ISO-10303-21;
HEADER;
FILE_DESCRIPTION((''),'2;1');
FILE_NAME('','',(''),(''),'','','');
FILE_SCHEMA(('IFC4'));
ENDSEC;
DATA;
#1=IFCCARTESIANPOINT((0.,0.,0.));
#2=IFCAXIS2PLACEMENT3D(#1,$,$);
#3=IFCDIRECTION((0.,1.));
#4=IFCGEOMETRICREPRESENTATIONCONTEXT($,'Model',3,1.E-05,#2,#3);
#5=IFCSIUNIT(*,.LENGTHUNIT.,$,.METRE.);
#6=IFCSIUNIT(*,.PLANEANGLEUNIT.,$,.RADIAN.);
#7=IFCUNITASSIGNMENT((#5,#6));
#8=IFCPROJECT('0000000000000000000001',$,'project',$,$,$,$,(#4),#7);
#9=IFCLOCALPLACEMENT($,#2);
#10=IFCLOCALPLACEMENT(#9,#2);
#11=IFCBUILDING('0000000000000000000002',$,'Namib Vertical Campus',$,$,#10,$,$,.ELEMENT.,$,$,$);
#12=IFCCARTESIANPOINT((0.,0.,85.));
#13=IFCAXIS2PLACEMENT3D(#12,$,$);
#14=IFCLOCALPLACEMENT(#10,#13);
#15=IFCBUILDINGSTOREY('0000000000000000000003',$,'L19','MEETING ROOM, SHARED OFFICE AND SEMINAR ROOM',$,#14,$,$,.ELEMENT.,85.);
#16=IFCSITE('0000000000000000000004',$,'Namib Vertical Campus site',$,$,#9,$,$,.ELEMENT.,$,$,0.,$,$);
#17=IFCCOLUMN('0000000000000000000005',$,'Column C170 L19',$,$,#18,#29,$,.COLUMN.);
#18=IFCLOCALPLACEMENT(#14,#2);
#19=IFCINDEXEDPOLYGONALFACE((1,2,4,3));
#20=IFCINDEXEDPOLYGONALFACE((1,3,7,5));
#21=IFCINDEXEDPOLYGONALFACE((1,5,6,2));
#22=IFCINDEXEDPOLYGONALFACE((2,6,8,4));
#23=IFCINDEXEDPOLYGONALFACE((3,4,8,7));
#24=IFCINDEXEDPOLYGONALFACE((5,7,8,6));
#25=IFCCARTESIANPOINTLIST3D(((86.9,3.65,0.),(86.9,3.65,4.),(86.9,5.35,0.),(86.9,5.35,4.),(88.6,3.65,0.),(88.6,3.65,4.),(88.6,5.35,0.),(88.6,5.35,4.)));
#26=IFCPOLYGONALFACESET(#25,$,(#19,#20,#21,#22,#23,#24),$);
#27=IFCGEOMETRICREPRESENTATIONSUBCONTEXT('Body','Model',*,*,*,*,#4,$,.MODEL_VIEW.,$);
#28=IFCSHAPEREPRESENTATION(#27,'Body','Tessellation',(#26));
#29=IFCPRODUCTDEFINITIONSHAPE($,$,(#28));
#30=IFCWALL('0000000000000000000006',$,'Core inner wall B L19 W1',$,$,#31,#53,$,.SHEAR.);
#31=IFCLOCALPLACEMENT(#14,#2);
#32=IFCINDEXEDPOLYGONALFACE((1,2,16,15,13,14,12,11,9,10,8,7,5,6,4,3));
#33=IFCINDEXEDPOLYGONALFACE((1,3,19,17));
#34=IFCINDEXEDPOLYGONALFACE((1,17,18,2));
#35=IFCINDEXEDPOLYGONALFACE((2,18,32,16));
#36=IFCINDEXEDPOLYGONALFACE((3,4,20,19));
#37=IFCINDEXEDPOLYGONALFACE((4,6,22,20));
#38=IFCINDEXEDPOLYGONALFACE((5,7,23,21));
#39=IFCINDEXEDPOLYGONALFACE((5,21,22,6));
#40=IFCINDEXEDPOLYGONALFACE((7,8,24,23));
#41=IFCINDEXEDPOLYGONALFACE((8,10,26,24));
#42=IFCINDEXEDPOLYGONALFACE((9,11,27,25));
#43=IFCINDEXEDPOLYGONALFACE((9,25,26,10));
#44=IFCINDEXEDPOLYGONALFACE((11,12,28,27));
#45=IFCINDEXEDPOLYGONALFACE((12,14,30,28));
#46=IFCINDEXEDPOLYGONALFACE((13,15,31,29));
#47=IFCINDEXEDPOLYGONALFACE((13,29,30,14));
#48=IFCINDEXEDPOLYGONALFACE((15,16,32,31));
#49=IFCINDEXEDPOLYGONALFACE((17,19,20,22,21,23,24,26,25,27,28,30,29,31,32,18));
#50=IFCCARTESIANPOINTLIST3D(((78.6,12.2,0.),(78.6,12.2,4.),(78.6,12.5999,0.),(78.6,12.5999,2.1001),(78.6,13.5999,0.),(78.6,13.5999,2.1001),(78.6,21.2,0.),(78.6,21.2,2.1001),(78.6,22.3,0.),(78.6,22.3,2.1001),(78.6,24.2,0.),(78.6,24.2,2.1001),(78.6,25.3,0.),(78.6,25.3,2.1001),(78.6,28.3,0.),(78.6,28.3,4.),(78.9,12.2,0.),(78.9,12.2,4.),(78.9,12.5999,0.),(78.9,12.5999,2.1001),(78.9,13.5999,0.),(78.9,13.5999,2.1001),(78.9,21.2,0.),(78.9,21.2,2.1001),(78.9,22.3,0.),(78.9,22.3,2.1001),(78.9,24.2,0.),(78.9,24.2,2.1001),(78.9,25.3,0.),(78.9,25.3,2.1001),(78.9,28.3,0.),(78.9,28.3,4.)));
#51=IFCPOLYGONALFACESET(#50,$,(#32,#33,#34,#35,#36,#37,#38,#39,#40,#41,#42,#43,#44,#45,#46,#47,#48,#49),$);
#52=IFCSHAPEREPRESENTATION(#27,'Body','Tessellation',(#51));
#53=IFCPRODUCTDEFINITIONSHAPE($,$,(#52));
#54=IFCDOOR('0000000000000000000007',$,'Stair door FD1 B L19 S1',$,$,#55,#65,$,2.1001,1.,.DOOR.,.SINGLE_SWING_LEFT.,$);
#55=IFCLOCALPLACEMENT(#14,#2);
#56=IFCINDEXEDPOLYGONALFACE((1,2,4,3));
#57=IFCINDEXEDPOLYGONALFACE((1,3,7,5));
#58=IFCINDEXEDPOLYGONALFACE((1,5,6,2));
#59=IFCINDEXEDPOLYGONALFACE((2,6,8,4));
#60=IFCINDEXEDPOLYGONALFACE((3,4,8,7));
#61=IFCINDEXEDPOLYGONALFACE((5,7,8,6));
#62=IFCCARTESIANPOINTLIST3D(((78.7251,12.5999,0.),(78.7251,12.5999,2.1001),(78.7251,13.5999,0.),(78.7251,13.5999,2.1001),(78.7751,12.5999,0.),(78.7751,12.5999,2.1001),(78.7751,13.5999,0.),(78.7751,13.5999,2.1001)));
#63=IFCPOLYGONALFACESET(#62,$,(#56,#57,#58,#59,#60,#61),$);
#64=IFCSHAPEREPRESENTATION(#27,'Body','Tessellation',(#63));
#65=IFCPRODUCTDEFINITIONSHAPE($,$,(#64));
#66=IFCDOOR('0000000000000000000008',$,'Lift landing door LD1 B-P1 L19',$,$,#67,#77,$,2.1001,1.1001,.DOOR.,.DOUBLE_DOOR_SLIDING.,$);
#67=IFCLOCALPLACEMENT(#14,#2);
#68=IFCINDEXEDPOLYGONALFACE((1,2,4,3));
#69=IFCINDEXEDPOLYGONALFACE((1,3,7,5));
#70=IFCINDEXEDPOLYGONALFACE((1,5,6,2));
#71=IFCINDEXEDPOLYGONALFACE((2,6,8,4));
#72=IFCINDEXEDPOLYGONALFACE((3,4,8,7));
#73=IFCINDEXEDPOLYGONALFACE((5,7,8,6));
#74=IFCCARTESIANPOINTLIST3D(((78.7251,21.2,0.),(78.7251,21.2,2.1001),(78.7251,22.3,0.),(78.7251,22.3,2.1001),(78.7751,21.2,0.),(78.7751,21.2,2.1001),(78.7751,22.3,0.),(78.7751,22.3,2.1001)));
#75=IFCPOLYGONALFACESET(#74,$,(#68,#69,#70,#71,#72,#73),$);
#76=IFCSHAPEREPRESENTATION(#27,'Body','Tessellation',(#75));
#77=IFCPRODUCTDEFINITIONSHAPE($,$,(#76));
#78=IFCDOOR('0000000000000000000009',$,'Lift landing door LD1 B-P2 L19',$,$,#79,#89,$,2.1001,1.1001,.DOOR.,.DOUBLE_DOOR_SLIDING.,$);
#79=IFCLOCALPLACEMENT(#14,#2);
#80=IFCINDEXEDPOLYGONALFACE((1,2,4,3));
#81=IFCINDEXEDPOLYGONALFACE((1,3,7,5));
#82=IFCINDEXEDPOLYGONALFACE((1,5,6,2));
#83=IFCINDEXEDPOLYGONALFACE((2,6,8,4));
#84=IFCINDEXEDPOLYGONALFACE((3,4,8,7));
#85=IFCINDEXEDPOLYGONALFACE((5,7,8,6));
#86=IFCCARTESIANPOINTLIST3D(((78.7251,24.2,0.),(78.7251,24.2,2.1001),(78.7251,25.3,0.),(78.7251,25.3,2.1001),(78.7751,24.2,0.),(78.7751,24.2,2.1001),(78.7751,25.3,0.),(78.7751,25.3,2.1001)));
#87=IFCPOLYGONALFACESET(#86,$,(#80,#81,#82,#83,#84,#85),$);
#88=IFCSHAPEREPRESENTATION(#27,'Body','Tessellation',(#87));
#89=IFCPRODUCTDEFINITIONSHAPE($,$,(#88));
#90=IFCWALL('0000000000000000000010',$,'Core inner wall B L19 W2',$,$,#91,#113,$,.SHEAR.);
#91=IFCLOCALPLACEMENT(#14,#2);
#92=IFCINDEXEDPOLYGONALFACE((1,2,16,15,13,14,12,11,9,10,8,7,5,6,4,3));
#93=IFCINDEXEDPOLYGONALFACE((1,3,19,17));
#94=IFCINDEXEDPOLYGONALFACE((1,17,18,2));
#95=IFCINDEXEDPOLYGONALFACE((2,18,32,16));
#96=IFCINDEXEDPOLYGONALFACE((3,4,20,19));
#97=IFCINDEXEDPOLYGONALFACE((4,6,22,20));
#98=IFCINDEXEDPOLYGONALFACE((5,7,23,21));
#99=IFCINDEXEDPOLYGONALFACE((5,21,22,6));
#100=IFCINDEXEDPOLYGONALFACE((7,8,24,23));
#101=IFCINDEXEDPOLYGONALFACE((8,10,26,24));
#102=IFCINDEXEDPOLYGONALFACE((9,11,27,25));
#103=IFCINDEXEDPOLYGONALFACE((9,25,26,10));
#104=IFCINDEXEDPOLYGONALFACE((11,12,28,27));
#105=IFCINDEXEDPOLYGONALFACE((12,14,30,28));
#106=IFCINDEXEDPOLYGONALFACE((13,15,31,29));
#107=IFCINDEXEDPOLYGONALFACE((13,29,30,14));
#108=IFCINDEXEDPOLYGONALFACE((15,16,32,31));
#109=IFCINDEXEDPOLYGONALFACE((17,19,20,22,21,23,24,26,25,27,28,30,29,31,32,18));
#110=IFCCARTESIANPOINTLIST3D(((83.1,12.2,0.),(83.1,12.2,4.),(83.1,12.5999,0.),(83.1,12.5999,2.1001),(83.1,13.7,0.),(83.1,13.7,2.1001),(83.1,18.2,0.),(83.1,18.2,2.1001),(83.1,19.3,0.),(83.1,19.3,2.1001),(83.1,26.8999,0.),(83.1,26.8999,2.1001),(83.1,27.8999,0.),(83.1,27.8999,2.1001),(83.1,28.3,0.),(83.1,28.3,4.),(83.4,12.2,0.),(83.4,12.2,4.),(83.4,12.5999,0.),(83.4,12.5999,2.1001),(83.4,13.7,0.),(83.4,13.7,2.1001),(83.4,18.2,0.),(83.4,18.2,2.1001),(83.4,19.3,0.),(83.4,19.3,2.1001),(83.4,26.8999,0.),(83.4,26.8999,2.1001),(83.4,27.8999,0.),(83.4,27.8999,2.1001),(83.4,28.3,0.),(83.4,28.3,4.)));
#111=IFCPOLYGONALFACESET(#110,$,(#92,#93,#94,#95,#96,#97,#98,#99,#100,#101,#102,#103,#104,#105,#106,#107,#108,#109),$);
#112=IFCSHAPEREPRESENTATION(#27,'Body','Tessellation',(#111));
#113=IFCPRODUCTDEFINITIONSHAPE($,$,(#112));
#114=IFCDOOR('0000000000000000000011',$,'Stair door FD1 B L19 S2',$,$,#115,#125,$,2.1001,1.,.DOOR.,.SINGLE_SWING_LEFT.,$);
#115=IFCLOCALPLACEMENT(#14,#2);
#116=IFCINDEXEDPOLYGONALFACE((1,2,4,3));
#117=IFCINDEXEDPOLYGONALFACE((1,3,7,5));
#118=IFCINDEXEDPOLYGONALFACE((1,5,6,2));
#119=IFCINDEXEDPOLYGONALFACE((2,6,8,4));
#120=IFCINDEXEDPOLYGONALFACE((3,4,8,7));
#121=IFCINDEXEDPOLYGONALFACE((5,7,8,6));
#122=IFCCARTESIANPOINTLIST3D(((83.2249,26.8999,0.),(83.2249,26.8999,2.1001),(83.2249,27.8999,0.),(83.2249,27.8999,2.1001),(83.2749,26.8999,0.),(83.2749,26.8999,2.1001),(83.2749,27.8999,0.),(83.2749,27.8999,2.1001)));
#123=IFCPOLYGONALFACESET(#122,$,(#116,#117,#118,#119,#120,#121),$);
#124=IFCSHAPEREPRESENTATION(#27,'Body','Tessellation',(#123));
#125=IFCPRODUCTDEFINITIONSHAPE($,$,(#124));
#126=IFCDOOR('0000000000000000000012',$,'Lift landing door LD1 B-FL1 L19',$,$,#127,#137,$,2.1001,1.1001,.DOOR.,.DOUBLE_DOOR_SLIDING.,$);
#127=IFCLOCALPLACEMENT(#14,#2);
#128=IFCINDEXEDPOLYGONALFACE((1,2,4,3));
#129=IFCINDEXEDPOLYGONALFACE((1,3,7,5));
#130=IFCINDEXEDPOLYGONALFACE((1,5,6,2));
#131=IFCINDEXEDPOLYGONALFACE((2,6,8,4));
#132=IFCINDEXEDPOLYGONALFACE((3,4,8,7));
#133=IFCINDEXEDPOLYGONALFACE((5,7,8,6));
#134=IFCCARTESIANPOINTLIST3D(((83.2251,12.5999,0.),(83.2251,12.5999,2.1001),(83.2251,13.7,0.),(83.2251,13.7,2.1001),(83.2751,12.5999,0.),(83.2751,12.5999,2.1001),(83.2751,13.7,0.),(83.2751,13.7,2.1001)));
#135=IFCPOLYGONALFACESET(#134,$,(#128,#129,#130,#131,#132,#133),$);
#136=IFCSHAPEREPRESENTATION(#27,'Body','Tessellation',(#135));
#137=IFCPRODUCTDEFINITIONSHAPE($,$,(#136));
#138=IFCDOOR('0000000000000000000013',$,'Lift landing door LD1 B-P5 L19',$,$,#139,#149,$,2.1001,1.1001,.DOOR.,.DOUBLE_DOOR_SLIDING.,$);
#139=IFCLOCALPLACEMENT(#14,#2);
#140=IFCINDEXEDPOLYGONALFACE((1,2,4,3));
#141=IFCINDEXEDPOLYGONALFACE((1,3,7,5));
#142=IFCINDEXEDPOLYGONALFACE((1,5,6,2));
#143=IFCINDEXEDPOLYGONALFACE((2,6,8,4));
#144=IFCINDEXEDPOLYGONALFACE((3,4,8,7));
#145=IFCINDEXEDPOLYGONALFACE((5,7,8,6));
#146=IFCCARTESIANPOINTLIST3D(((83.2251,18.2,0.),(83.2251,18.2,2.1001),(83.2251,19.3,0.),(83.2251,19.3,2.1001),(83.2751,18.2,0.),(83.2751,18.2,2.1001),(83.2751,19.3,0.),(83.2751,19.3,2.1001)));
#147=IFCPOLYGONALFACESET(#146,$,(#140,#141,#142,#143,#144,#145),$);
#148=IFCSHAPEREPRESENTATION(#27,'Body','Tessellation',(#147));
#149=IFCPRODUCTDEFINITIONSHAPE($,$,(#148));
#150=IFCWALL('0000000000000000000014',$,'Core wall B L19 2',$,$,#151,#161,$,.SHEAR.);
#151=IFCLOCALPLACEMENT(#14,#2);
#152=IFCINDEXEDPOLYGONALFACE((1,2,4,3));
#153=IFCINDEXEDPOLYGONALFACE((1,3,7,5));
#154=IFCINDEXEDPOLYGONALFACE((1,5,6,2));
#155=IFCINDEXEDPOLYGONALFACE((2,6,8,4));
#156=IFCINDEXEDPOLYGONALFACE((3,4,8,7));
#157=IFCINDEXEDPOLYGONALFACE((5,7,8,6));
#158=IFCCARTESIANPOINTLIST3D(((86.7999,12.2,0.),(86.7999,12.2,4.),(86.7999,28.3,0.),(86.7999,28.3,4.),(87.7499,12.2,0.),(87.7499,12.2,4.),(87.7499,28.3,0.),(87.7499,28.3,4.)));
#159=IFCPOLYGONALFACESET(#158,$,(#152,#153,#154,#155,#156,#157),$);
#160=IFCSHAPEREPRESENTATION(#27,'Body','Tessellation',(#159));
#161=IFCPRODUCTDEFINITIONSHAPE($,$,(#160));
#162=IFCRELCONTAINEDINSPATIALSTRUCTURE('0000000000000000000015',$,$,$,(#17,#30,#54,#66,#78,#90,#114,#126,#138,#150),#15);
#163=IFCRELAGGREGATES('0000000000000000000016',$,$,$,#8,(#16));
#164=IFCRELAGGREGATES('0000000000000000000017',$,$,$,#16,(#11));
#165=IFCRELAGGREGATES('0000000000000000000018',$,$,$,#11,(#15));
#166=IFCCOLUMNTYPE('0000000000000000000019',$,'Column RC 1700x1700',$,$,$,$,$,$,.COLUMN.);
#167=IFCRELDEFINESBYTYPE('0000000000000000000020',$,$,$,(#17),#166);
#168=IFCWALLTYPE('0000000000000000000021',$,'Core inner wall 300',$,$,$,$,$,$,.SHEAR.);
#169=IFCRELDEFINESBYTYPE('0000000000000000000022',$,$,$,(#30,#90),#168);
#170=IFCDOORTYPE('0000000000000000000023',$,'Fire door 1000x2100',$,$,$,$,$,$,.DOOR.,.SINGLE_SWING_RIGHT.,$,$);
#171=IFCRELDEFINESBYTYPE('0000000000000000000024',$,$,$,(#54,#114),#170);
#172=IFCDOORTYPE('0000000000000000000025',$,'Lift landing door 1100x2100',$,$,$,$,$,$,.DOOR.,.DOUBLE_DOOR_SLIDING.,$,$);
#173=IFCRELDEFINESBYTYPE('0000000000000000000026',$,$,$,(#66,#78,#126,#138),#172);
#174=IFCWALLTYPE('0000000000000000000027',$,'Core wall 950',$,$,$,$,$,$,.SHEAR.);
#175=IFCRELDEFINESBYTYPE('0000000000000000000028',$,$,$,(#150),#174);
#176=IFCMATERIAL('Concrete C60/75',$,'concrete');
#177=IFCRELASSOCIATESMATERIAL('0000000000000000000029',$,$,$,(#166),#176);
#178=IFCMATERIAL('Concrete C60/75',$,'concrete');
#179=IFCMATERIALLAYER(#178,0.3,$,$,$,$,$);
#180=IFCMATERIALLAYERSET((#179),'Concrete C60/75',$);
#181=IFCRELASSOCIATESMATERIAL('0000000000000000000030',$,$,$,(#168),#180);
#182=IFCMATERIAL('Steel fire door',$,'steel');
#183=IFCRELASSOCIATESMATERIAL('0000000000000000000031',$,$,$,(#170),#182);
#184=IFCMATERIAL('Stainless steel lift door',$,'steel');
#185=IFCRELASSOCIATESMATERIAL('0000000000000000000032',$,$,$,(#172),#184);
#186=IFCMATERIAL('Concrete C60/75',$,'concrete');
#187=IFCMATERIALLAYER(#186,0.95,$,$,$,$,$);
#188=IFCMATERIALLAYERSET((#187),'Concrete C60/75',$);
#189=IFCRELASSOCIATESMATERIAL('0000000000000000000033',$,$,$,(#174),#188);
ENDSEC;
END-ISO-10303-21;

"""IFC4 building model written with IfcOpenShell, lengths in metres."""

from ifc_helpers import new_model, si_unit, direction, frame, frame_2d, origin, origin_2d, place, context, subcontext, project, spatial, rectangle, extrude, material, layer, layer_set, material_profile, profile_set, type_object, element, fill, save


model = new_model("IFC4")

# Units and contexts
model_context = context("Model", 3, precision=1e-05, world=origin(), true_north=direction((0.0, 1.0)))
body_context = subcontext(model_context, "Body", "Model", "MODEL_VIEW")
ifc_project = project(units=[si_unit("LENGTHUNIT", "METRE"), si_unit("PLANEANGLEUNIT", "RADIAN")], contexts=[model_context])

# Site, building, storey
site_placement = place(None, origin())
site = spatial("IfcSite", under=ifc_project, at=site_placement, Name="Namib Vertical Campus site", CompositionType="ELEMENT", RefElevation=0.0)
building_placement = place(site_placement, origin())
building = spatial("IfcBuilding", under=site, at=building_placement, Name="Namib Vertical Campus", CompositionType="ELEMENT")
storey_placement = place(building_placement, frame((0.0, 0.0, 85.0)))
storey = spatial("IfcBuildingStorey", under=building, at=storey_placement, Name="L19", Description="MEETING ROOM, SHARED OFFICE AND SEMINAR ROOM", CompositionType="ELEMENT", Elevation=85.0)

# Column
ifc_material_1 = material(Name="Concrete C60/75", Category="concrete")
ifc_material_profile = material_profile(ifc_material_1, rectangle(XDim=1.7, YDim=1.7, at=origin_2d()))
ifc_profile_set = profile_set([ifc_material_profile], Name="Concrete C60/75")
column_type = type_object("IfcColumnType", Name="Column RC 1700x1700", PredefinedType="COLUMN", material=ifc_profile_set)
column_placement = place(storey_placement, frame((87.75, 4.5, 0.0), z_axis=(0.0, 0.0, 1.0), x_axis=(1.0, 0.0, 0.0)))
element("IfcColumn", 1, at=column_placement, inside=storey, type_object=column_type, Name="Column C170 L19", PredefinedType="COLUMN", context=body_context, shape_type="SweptSolid", body=[
    extrude(rectangle(XDim=1.7, YDim=1.7, at=origin_2d()), origin(), (0.0, 0.0, 1.0), 4.0),
])

# Walls, openings, doors
ifc_material_2 = material(Name="Concrete C60/75", Category="concrete")
ifc_layer_1 = layer(ifc_material_2, 0.3)
ifc_layer_set_1 = layer_set([ifc_layer_1], Name="Concrete C60/75")
wall_type_1 = type_object("IfcWallType", Name="Core inner wall 300", PredefinedType="SHEAR", material=ifc_layer_set_1)
wall_1_placement = place(storey_placement, frame((78.75, 12.2, 0.0), z_axis=(0.0, 0.0, 1.0), x_axis=(0.0, 1.0, 0.0)))
wall_1 = element("IfcWall", 2, at=wall_1_placement, inside=storey, type_object=wall_type_1, Name="Core inner wall B L19 W1", PredefinedType="SHEAR", context=body_context, shape_type="SweptSolid", body=[
    extrude(rectangle(XDim=16.1001, YDim=0.3, at=frame_2d((8.05, 0.0))), origin(), (0.0, 0.0, 1.0), 4.0),
])
opening_1_placement = place(wall_1_placement, frame((0.3999, 0.0, 0.0)))
opening_1 = element("IfcOpeningElement", 3, at=opening_1_placement, cuts=wall_1, PredefinedType="OPENING", context=body_context, shape_type="SweptSolid", body=[
    extrude(rectangle(XDim=1.0, YDim=2.1001, at=frame_2d((0.5, 1.05))), frame((0.0, 0.1599, 0.0), z_axis=(0.0, -1.0, 0.0), x_axis=(1.0, 0.0, 0.0)), (0.0, 0.0, 1.0), 0.3201),
])
opening_2_placement = place(wall_1_placement, frame((9.0, 0.0, 0.0)))
opening_2 = element("IfcOpeningElement", 4, at=opening_2_placement, cuts=wall_1, PredefinedType="OPENING", context=body_context, shape_type="SweptSolid", body=[
    extrude(rectangle(XDim=1.1001, YDim=2.1001, at=frame_2d((0.55, 1.05))), frame((0.0, 0.1599, 0.0), z_axis=(0.0, -1.0, 0.0), x_axis=(1.0, 0.0, 0.0)), (0.0, 0.0, 1.0), 0.3201),
])
opening_3_placement = place(wall_1_placement, frame((12.0, 0.0, 0.0)))
opening_3 = element("IfcOpeningElement", 5, at=opening_3_placement, cuts=wall_1, PredefinedType="OPENING", context=body_context, shape_type="SweptSolid", body=[
    extrude(rectangle(XDim=1.1001, YDim=2.1001, at=frame_2d((0.55, 1.05))), frame((0.0, 0.1599, 0.0), z_axis=(0.0, -1.0, 0.0), x_axis=(1.0, 0.0, 0.0)), (0.0, 0.0, 1.0), 0.3201),
])
ifc_material_3 = material(Name="Steel fire door", Category="steel")
door_type_1 = type_object("IfcDoorType", Name="Fire door 1000x2100", OperationType="SINGLE_SWING_RIGHT", PredefinedType="DOOR", material=ifc_material_3)
door_1_placement = place(opening_1_placement, origin())
door_1 = element("IfcDoor", 6, at=door_1_placement, inside=storey, type_object=door_type_1, Name="Stair door FD1 B L19 S1", OperationType="SINGLE_SWING_LEFT", OverallHeight=2.1001, OverallWidth=1.0, PredefinedType="DOOR", context=body_context, shape_type="SweptSolid", body=[
    extrude(rectangle(XDim=1.0, YDim=2.1001, at=frame_2d((0.5, 1.05))), frame((0.0, 0.0249, 0.0), z_axis=(0.0, -1.0, 0.0), x_axis=(1.0, 0.0, 0.0)), (0.0, 0.0, 1.0), 0.05),
])
fill(opening_1, door_1)
ifc_material_4 = material(Name="Stainless steel lift door", Category="steel")
door_type_2 = type_object("IfcDoorType", Name="Lift landing door 1100x2100", OperationType="DOUBLE_DOOR_SLIDING", PredefinedType="DOOR", material=ifc_material_4)
door_2_placement = place(opening_2_placement, origin())
door_2 = element("IfcDoor", 7, at=door_2_placement, inside=storey, type_object=door_type_2, Name="Lift landing door LD1 B-P1 L19", OperationType="DOUBLE_DOOR_SLIDING", OverallHeight=2.1001, OverallWidth=1.1001, PredefinedType="DOOR", context=body_context, shape_type="SweptSolid", body=[
    extrude(rectangle(XDim=1.1001, YDim=2.1001, at=frame_2d((0.55, 1.05))), frame((0.0, 0.0249, 0.0), z_axis=(0.0, -1.0, 0.0), x_axis=(1.0, 0.0, 0.0)), (0.0, 0.0, 1.0), 0.05),
])
fill(opening_2, door_2)
door_3_placement = place(opening_3_placement, origin())
door_3 = element("IfcDoor", 8, at=door_3_placement, inside=storey, type_object=door_type_2, Name="Lift landing door LD1 B-P2 L19", OperationType="DOUBLE_DOOR_SLIDING", OverallHeight=2.1001, OverallWidth=1.1001, PredefinedType="DOOR", context=body_context, shape_type="SweptSolid", body=[
    extrude(rectangle(XDim=1.1001, YDim=2.1001, at=frame_2d((0.55, 1.05))), frame((0.0, 0.0249, 0.0), z_axis=(0.0, -1.0, 0.0), x_axis=(1.0, 0.0, 0.0)), (0.0, 0.0, 1.0), 0.05),
])
fill(opening_3, door_3)
wall_2_placement = place(storey_placement, frame((83.25, 12.2, 0.0), z_axis=(0.0, 0.0, 1.0), x_axis=(0.0, 1.0, 0.0)))
wall_2 = element("IfcWall", 9, at=wall_2_placement, inside=storey, type_object=wall_type_1, Name="Core inner wall B L19 W2", PredefinedType="SHEAR", context=body_context, shape_type="SweptSolid", body=[
    extrude(rectangle(XDim=16.1001, YDim=0.3, at=frame_2d((8.05, 0.0))), origin(), (0.0, 0.0, 1.0), 4.0),
])
opening_4_placement = place(wall_2_placement, frame((14.7, 0.0, 0.0)))
opening_4 = element("IfcOpeningElement", 10, at=opening_4_placement, cuts=wall_2, PredefinedType="OPENING", context=body_context, shape_type="SweptSolid", body=[
    extrude(rectangle(XDim=1.0, YDim=2.1001, at=frame_2d((0.5, 1.05))), frame((0.0, 0.1599, 0.0), z_axis=(0.0, -1.0, 0.0), x_axis=(1.0, 0.0, 0.0)), (0.0, 0.0, 1.0), 0.3201),
])
opening_5_placement = place(wall_2_placement, frame((0.3999, 0.0, 0.0)))
opening_5 = element("IfcOpeningElement", 11, at=opening_5_placement, cuts=wall_2, PredefinedType="OPENING", context=body_context, shape_type="SweptSolid", body=[
    extrude(rectangle(XDim=1.1001, YDim=2.1001, at=frame_2d((0.55, 1.05))), frame((0.0, 0.1599, 0.0), z_axis=(0.0, -1.0, 0.0), x_axis=(1.0, 0.0, 0.0)), (0.0, 0.0, 1.0), 0.3201),
])
opening_6_placement = place(wall_2_placement, frame((6.0, 0.0, 0.0)))
opening_6 = element("IfcOpeningElement", 12, at=opening_6_placement, cuts=wall_2, PredefinedType="OPENING", context=body_context, shape_type="SweptSolid", body=[
    extrude(rectangle(XDim=1.1001, YDim=2.1001, at=frame_2d((0.55, 1.05))), frame((0.0, 0.1599, 0.0), z_axis=(0.0, -1.0, 0.0), x_axis=(1.0, 0.0, 0.0)), (0.0, 0.0, 1.0), 0.3201),
])
door_4_placement = place(opening_4_placement, frame((1.0, 0.0, 0.0), z_axis=(0.0, 0.0, 1.0), x_axis=(-1.0, 0.0, 0.0)))
door_4 = element("IfcDoor", 13, at=door_4_placement, inside=storey, type_object=door_type_1, Name="Stair door FD1 B L19 S2", OperationType="SINGLE_SWING_LEFT", OverallHeight=2.1001, OverallWidth=1.0, PredefinedType="DOOR", context=body_context, shape_type="SweptSolid", body=[
    extrude(rectangle(XDim=1.0, YDim=2.1001, at=frame_2d((0.5, 1.05))), frame((0.0, 0.0249, 0.0), z_axis=(0.0, -1.0, 0.0), x_axis=(1.0, 0.0, 0.0)), (0.0, 0.0, 1.0), 0.05),
])
fill(opening_4, door_4)
door_5_placement = place(opening_5_placement, origin())
door_5 = element("IfcDoor", 14, at=door_5_placement, inside=storey, type_object=door_type_2, Name="Lift landing door LD1 B-FL1 L19", OperationType="DOUBLE_DOOR_SLIDING", OverallHeight=2.1001, OverallWidth=1.1001, PredefinedType="DOOR", context=body_context, shape_type="SweptSolid", body=[
    extrude(rectangle(XDim=1.1001, YDim=2.1001, at=frame_2d((0.55, 1.05))), frame((0.0, 0.0249, 0.0), z_axis=(0.0, -1.0, 0.0), x_axis=(1.0, 0.0, 0.0)), (0.0, 0.0, 1.0), 0.05),
])
fill(opening_5, door_5)
door_6_placement = place(opening_6_placement, origin())
door_6 = element("IfcDoor", 15, at=door_6_placement, inside=storey, type_object=door_type_2, Name="Lift landing door LD1 B-P5 L19", OperationType="DOUBLE_DOOR_SLIDING", OverallHeight=2.1001, OverallWidth=1.1001, PredefinedType="DOOR", context=body_context, shape_type="SweptSolid", body=[
    extrude(rectangle(XDim=1.1001, YDim=2.1001, at=frame_2d((0.55, 1.05))), frame((0.0, 0.0249, 0.0), z_axis=(0.0, -1.0, 0.0), x_axis=(1.0, 0.0, 0.0)), (0.0, 0.0, 1.0), 0.05),
])
fill(opening_6, door_6)

# Wall
ifc_material_5 = material(Name="Concrete C60/75", Category="concrete")
ifc_layer_2 = layer(ifc_material_5, 0.95)
ifc_layer_set_2 = layer_set([ifc_layer_2], Name="Concrete C60/75")
wall_type_2 = type_object("IfcWallType", Name="Core wall 950", PredefinedType="SHEAR", material=ifc_layer_set_2)
wall_3_placement = place(storey_placement, frame((87.2749, 12.2, 0.0), z_axis=(0.0, 0.0, 1.0), x_axis=(0.0, 1.0, 0.0)))
element("IfcWall", 16, at=wall_3_placement, inside=storey, type_object=wall_type_2, Name="Core wall B L19 2", PredefinedType="SHEAR", context=body_context, shape_type="SweptSolid", body=[
    extrude(rectangle(XDim=16.1001, YDim=0.95, at=frame_2d((8.05, 0.0))), origin(), (0.0, 0.0, 1.0), 4.0),
])

save(model, "model.ifc")
